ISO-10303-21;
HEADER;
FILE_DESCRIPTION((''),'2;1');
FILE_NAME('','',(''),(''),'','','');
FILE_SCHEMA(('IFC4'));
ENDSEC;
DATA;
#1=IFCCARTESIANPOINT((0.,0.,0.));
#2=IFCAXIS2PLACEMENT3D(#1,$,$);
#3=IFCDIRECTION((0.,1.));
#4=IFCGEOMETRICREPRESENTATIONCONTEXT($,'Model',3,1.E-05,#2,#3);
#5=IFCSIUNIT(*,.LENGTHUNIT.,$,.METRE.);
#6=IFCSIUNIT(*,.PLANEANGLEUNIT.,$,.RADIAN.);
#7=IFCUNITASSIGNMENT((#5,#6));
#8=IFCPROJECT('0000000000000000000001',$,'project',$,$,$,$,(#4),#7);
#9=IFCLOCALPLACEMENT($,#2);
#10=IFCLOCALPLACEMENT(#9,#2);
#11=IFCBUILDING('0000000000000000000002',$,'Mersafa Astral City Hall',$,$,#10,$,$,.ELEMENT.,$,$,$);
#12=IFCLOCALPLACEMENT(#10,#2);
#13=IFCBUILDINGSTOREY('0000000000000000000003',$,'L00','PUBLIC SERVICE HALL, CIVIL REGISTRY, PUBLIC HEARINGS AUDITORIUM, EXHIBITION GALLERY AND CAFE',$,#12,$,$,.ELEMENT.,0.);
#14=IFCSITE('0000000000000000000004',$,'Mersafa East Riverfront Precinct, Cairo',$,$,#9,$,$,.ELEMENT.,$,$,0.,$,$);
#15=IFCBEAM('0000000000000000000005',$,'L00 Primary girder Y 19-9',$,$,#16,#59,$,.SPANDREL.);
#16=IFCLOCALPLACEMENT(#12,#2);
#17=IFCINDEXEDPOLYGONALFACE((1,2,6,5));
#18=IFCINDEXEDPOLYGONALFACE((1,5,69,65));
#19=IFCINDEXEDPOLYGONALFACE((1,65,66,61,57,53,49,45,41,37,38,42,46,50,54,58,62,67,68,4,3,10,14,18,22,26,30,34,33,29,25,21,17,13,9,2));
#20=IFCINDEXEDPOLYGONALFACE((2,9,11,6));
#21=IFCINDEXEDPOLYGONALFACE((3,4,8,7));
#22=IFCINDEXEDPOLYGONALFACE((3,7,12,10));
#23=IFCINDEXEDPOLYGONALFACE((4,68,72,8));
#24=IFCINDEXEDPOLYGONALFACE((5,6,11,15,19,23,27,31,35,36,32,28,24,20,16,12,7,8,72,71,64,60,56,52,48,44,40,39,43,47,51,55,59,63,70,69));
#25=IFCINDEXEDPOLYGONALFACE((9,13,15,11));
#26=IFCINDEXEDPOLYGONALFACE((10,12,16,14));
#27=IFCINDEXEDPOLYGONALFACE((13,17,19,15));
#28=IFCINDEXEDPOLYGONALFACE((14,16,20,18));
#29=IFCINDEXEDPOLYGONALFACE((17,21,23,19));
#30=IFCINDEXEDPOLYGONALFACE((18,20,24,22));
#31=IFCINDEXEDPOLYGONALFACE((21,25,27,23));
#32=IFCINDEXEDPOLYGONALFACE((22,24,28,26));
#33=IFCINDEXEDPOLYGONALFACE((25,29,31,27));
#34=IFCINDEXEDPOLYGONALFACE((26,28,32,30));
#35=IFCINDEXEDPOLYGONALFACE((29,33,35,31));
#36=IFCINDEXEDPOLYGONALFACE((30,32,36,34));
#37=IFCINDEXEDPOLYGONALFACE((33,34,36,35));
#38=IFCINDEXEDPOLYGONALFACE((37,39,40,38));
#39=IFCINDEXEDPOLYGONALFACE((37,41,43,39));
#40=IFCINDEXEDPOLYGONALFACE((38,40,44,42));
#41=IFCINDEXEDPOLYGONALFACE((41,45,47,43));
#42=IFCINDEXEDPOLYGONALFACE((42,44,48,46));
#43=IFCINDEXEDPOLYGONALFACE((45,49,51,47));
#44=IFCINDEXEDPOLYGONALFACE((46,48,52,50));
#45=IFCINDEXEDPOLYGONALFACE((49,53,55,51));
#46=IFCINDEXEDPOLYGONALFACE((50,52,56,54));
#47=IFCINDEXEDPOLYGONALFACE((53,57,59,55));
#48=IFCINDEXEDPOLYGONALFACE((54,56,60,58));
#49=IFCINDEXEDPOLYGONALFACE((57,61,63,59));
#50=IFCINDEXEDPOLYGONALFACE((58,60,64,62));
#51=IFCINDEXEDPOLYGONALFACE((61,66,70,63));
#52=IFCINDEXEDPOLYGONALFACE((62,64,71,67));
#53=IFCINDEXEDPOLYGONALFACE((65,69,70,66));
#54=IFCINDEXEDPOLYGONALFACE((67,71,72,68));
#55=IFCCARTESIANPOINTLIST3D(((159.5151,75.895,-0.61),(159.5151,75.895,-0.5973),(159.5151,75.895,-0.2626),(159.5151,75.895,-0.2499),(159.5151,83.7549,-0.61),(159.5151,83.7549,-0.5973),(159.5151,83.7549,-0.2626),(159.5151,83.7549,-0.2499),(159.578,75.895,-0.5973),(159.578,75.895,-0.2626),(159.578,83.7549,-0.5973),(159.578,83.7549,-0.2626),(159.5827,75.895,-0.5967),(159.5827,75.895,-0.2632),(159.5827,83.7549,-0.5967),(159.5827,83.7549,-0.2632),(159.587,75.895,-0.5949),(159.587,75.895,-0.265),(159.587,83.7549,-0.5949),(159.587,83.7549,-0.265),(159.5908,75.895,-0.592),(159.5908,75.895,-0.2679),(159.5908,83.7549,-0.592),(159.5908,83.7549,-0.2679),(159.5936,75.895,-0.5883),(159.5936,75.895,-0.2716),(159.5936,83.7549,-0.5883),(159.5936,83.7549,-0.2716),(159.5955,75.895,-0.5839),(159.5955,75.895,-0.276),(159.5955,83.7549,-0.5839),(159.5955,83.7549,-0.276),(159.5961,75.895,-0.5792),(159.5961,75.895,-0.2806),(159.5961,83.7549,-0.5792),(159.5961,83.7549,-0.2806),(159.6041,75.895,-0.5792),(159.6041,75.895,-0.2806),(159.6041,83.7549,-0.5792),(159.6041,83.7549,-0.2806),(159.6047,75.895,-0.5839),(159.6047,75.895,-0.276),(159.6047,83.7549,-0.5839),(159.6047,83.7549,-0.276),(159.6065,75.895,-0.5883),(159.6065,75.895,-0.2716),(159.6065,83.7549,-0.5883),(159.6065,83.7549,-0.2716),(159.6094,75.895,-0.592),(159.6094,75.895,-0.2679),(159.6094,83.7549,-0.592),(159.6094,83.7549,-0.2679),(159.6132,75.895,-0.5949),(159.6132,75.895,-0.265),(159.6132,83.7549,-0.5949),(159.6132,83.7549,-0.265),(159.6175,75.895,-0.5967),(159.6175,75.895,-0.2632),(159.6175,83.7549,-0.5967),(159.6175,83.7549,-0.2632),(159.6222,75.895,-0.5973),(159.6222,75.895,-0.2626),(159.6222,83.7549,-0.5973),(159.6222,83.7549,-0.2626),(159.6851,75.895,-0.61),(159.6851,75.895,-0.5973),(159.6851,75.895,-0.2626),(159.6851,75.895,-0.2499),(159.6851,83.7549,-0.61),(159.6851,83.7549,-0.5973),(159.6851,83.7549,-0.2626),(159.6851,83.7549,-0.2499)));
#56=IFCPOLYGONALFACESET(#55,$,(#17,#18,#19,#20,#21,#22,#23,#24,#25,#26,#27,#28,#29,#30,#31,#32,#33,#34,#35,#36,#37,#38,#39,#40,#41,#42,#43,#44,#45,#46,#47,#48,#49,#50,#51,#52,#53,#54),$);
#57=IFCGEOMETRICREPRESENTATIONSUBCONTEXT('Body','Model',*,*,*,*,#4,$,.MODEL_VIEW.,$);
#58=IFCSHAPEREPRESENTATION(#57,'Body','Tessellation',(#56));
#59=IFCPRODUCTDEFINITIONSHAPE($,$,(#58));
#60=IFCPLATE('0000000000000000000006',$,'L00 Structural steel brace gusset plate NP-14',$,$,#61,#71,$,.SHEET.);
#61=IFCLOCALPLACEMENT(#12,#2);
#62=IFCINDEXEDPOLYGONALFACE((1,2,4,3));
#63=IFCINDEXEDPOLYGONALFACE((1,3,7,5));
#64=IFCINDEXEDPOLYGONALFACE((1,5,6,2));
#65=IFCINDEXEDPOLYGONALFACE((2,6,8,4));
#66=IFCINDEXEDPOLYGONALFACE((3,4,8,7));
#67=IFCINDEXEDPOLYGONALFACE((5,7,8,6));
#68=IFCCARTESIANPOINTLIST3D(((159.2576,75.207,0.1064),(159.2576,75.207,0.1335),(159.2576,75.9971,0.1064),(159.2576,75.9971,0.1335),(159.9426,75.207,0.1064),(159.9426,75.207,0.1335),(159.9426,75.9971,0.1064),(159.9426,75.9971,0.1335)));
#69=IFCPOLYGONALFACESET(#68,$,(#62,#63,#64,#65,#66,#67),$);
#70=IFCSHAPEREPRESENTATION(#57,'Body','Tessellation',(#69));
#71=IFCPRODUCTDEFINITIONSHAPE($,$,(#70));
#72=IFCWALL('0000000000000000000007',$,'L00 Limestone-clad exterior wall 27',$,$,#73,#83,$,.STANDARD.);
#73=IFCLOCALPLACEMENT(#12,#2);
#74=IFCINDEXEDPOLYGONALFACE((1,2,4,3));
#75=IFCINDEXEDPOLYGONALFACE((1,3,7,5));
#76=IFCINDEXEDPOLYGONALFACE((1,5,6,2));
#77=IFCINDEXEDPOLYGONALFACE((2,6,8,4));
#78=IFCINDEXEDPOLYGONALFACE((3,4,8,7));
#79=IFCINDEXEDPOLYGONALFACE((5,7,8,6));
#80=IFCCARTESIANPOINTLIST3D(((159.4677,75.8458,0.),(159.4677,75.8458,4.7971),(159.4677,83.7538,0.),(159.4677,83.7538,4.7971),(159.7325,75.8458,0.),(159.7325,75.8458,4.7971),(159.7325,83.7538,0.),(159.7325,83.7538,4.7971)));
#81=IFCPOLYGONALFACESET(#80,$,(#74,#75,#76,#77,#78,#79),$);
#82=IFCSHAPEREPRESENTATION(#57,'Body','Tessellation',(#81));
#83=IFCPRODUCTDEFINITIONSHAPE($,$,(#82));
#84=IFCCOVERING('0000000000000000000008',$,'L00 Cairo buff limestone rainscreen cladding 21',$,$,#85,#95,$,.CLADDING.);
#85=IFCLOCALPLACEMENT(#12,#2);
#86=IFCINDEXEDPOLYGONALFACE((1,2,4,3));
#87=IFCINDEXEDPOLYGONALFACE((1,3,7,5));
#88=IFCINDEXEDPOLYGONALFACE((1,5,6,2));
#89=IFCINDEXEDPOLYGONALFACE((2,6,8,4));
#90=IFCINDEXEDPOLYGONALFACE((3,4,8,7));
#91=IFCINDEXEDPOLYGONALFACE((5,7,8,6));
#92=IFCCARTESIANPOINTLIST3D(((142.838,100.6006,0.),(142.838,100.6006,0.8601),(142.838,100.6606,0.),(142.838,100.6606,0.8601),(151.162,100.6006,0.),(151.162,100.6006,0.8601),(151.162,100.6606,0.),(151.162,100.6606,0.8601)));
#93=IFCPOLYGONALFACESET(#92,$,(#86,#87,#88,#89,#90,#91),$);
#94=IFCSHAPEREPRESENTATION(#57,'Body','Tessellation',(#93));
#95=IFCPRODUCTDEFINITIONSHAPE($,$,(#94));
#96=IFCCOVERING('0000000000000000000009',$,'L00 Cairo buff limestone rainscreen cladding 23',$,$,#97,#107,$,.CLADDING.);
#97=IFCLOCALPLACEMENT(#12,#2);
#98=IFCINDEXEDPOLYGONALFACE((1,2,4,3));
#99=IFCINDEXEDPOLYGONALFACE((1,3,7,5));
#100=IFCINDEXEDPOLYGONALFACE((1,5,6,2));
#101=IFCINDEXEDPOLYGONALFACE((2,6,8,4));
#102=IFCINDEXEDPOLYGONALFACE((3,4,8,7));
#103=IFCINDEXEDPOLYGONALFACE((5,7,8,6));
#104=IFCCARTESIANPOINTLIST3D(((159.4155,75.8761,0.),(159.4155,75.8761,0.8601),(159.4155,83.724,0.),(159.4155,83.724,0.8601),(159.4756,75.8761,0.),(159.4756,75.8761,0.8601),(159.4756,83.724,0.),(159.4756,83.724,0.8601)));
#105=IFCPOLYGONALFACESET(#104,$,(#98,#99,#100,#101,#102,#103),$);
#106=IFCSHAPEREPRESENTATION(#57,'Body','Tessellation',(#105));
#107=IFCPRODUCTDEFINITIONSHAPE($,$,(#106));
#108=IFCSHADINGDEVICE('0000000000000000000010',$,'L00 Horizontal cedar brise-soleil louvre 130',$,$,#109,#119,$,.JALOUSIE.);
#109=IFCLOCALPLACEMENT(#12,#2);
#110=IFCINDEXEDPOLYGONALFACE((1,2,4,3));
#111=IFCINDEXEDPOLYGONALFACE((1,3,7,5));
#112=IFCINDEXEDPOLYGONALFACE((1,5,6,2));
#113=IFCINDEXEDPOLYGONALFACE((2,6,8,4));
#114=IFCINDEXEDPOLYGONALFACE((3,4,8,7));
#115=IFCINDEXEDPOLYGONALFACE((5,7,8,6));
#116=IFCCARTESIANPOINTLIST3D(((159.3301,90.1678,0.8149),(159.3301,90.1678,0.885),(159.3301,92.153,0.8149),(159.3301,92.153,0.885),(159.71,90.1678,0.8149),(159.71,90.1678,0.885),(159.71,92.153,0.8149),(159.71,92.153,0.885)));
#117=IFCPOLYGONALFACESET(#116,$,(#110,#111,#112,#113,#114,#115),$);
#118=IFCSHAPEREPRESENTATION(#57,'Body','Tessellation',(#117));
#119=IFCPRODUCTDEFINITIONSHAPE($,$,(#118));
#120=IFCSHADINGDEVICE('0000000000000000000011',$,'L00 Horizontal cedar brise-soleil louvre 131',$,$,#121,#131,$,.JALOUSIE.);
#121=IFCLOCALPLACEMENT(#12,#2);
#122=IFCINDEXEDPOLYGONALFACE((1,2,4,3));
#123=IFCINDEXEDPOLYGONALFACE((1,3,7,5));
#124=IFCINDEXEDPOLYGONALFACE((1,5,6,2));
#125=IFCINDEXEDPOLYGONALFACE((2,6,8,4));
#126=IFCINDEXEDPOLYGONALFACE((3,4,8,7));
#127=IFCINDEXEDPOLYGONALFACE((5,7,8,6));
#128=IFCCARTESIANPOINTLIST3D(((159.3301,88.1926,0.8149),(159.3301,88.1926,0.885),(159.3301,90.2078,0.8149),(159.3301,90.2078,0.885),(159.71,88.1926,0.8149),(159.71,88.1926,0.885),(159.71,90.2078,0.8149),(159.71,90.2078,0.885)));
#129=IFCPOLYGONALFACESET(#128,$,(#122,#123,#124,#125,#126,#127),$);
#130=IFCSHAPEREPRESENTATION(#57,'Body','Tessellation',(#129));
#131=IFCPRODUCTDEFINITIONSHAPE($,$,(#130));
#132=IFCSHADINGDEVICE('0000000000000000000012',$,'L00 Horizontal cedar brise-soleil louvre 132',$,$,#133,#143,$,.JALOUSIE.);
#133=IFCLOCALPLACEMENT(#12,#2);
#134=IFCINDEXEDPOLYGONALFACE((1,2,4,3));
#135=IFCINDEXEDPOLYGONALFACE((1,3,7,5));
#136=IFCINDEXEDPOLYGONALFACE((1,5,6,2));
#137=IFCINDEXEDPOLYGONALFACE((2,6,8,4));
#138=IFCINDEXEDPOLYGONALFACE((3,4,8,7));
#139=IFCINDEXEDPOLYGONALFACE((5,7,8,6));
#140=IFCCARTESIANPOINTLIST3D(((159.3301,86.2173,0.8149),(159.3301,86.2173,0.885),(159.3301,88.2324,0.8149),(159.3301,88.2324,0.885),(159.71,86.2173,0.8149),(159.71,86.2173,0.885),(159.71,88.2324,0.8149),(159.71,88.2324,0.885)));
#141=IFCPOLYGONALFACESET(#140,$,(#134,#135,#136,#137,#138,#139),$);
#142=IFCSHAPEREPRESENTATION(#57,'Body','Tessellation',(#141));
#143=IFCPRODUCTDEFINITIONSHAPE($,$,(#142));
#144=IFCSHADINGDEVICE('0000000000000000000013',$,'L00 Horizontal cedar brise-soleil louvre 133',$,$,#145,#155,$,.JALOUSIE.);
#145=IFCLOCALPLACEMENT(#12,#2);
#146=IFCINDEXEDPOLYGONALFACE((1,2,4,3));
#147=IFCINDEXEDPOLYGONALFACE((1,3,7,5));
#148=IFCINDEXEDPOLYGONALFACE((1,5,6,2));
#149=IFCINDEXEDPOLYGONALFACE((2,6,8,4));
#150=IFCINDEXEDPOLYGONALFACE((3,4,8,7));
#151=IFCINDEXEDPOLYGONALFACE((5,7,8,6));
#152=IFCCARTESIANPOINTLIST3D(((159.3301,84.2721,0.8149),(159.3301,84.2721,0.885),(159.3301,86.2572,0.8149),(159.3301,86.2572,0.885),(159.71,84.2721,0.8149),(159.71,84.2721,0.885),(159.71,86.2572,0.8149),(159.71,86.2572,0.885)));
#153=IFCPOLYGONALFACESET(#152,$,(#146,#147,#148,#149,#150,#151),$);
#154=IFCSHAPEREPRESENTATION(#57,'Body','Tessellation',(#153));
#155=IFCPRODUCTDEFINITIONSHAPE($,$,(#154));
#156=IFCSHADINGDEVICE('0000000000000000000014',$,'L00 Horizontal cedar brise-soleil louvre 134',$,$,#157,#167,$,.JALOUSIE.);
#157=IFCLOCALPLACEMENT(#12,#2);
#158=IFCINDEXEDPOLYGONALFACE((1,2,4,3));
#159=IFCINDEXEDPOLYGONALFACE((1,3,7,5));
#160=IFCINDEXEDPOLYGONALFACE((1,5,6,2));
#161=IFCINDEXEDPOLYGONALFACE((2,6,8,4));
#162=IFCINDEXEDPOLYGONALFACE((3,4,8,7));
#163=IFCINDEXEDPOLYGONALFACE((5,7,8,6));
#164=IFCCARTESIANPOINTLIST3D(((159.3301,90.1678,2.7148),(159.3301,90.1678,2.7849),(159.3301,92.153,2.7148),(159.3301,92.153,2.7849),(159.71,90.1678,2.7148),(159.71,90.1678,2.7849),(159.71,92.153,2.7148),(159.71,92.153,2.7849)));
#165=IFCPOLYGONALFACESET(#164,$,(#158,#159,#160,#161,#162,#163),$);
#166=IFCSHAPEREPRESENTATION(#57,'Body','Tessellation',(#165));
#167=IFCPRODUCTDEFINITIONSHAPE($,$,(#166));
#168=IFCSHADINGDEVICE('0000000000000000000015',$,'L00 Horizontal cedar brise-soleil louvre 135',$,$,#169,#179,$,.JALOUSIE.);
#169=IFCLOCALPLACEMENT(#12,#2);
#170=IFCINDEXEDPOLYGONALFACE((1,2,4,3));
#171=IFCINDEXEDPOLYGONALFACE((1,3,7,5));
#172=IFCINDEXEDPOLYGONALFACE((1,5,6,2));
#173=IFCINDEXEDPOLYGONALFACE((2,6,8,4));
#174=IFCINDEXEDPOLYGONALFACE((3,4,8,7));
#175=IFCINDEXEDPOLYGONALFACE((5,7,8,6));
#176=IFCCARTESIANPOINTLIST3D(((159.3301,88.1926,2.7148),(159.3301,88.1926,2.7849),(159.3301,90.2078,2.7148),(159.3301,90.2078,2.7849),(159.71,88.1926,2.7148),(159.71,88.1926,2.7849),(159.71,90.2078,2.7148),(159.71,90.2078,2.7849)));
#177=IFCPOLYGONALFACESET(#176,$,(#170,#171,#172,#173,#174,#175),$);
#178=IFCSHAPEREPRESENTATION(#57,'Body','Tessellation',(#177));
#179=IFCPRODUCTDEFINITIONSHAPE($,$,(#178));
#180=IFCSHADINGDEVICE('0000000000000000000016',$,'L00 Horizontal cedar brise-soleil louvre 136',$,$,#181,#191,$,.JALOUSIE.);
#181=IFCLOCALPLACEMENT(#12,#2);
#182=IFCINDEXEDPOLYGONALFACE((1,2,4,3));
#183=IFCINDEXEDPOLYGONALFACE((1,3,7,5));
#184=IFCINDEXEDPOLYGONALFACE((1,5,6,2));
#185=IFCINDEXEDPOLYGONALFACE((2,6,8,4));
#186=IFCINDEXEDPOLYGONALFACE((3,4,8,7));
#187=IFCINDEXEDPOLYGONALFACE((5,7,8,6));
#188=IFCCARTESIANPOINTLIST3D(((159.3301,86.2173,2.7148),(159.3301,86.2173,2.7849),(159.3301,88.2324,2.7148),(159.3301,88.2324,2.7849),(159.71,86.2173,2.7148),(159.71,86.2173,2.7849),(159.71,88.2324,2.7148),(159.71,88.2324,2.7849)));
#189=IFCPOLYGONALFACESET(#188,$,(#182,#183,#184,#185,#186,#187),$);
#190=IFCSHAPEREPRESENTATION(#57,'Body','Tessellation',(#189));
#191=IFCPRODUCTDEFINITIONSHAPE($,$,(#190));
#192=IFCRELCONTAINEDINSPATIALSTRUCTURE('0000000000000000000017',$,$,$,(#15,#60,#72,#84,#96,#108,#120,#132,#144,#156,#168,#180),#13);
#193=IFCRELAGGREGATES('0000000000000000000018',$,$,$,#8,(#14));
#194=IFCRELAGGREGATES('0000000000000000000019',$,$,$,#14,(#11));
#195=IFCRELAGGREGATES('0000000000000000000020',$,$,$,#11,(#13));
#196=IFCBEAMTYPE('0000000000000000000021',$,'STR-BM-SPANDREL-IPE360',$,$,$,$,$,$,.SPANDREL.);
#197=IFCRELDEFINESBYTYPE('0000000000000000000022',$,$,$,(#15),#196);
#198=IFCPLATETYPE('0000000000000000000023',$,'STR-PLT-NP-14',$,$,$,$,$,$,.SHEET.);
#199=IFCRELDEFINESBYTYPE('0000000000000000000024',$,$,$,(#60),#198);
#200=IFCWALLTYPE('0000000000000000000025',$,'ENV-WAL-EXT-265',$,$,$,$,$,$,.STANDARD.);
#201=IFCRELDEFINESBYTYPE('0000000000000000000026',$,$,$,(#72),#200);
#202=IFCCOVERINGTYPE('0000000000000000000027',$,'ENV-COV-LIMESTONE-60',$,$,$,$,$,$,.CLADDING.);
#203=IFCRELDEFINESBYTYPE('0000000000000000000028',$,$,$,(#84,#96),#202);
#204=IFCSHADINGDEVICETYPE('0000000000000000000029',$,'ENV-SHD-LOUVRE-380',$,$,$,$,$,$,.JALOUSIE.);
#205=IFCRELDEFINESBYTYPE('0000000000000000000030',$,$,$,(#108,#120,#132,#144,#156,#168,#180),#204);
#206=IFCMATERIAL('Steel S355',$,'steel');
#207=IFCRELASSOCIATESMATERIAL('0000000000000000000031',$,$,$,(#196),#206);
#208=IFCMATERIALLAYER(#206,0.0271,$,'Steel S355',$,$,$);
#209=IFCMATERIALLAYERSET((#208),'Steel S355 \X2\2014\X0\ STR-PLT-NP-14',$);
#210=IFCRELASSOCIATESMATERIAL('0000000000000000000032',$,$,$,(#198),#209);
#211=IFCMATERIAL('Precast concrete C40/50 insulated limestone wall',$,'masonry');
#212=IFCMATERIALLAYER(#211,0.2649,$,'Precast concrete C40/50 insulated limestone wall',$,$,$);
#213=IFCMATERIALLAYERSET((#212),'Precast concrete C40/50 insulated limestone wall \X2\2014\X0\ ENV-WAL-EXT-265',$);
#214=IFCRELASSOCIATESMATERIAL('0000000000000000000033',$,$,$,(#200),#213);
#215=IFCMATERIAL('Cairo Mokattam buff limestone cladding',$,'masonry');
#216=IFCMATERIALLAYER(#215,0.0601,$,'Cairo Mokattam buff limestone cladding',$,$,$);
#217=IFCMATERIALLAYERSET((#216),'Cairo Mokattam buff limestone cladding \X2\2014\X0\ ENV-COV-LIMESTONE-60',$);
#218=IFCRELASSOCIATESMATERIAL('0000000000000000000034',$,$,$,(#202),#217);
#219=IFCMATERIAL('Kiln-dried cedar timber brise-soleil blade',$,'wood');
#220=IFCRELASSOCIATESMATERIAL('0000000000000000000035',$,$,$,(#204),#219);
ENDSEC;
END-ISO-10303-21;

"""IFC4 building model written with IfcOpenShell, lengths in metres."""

from ifc_helpers import new_model, si_unit, direction, frame, frame_2d, origin, origin_2d, place, context, subcontext, project, spatial, rectangle, i_section, extrude, material, layer, layer_set, material_profile, profile_set, type_object, element, save


model = new_model("IFC4")

# Units and contexts
model_context = context("Model", 3, precision=1e-05, world=origin(), true_north=direction((0.0, 1.0)))
body_context = subcontext(model_context, "Body", "Model", "MODEL_VIEW")
ifc_project = project(units=[si_unit("LENGTHUNIT", "METRE"), si_unit("PLANEANGLEUNIT", "RADIAN")], contexts=[model_context])

# Site, building, storey
site_placement = place(None, origin())
site = spatial("IfcSite", under=ifc_project, at=site_placement, Name="Mersafa East Riverfront Precinct, Cairo", CompositionType="ELEMENT", RefElevation=0.0)
building_placement = place(site_placement, origin())
building = spatial("IfcBuilding", under=site, at=building_placement, Name="Mersafa Astral City Hall", CompositionType="ELEMENT")
storey_placement = place(building_placement, origin())
storey = spatial("IfcBuildingStorey", under=building, at=storey_placement, Name="L00", Description="PUBLIC SERVICE HALL, CIVIL REGISTRY, PUBLIC HEARINGS AUDITORIUM, EXHIBITION GALLERY AND CAFE", CompositionType="ELEMENT", Elevation=0.0)

# Shared definitions
ifc_material_1 = material(Name="Steel S355", Category="steel")

# Beam
ifc_material_profile_1 = material_profile(ifc_material_1, i_section(OverallWidth=0.1699, OverallDepth=0.3601, WebThickness=0.0081, FlangeThickness=0.0127, FilletRadius=0.0181, at=origin_2d()), Name="IPE 360")
ifc_profile_set_1 = profile_set([ifc_material_profile_1], Name="Steel S355")
beam_type_1 = type_object("IfcBeamType", Name="STR-BM-SPANDREL-IPE360", PredefinedType="SPANDREL", material=ifc_profile_set_1)
beam_1_placement = place(storey_placement, frame((159.6001, 75.895, -0.4299), z_axis=(0.0, 1.0, 0.0), x_axis=(-1.0, 0.0, 0.0)))
element("IfcBeam", 1, at=beam_1_placement, inside=storey, type_object=beam_type_1, Name="L00 Primary girder Y 19-9", PredefinedType="SPANDREL", context=body_context, shape_type="SweptSolid", body=[
    extrude(i_section(OverallWidth=0.1699, OverallDepth=0.3601, WebThickness=0.0081, FlangeThickness=0.0127, FilletRadius=0.0181, at=origin_2d()), origin(), (0.0, 0.0, 1.0), 7.8599),
])

# Plate
ifc_layer_1 = layer(ifc_material_1, 0.0271, Name="Steel S355")
ifc_layer_set_1 = layer_set([ifc_layer_1], Name="Steel S355 — STR-PLT-NP-14")
plate_type = type_object("IfcPlateType", Name="STR-PLT-NP-14", PredefinedType="SHEET", material=ifc_layer_set_1)
plate_placement = place(storey_placement, frame((159.6001, 75.6021, 0.1064), z_axis=(0.0, 0.0, 1.0), x_axis=(1.0, 0.0, 0.0)))
element("IfcPlate", 2, at=plate_placement, inside=storey, type_object=plate_type, Name="L00 Structural steel brace gusset plate NP-14", PredefinedType="SHEET", context=body_context, shape_type="SweptSolid", body=[
    extrude(rectangle(XDim=0.6851, YDim=0.79, at=origin_2d()), origin(), (0.0, 0.0, 1.0), 0.0271),
])

# Wall
ifc_material_2 = material(Name="Precast concrete C40/50 insulated limestone wall", Category="masonry")
ifc_layer_2 = layer(ifc_material_2, 0.2649, Name="Precast concrete C40/50 insulated limestone wall")
ifc_layer_set_2 = layer_set([ifc_layer_2], Name="Precast concrete C40/50 insulated limestone wall — ENV-WAL-EXT-265")
wall_type = type_object("IfcWallType", Name="ENV-WAL-EXT-265", PredefinedType="STANDARD", material=ifc_layer_set_2)
wall_placement = place(storey_placement, frame((159.6001, 83.7539, 0.0), z_axis=(0.0, 0.0, 1.0), x_axis=(0.0, -1.0, 0.0)))
element("IfcWall", 3, at=wall_placement, inside=storey, type_object=wall_type, Name="L00 Limestone-clad exterior wall 27", PredefinedType="STANDARD", context=body_context, shape_type="SweptSolid", body=[
    extrude(rectangle(XDim=7.908, YDim=0.2649, at=frame_2d((3.9541, 0.0))), origin(), (0.0, 0.0, 1.0), 4.7971),
])

# Coverings
ifc_material_3 = material(Name="Cairo Mokattam buff limestone cladding", Category="masonry")
ifc_layer_3 = layer(ifc_material_3, 0.0601, Name="Cairo Mokattam buff limestone cladding")
ifc_layer_set_3 = layer_set([ifc_layer_3], Name="Cairo Mokattam buff limestone cladding — ENV-COV-LIMESTONE-60")
covering_type = type_object("IfcCoveringType", Name="ENV-COV-LIMESTONE-60", PredefinedType="CLADDING", material=ifc_layer_set_3)
covering_1_placement = place(storey_placement, frame((147.0, 100.6306, 0.0), z_axis=(0.0, 0.0, 1.0), x_axis=(1.0, 0.0, 0.0)))
element("IfcCovering", 4, at=covering_1_placement, inside=storey, type_object=covering_type, Name="L00 Cairo buff limestone rainscreen cladding 21", PredefinedType="CLADDING", context=body_context, shape_type="SweptSolid", body=[
    extrude(rectangle(XDim=8.324, YDim=0.0601, at=origin_2d()), origin(), (0.0, 0.0, 1.0), 0.8601),
])
covering_2_placement = place(storey_placement, frame((159.4456, 79.8, 0.0), z_axis=(0.0, 0.0, 1.0), x_axis=(0.0, -1.0, 0.0)))
element("IfcCovering", 5, at=covering_2_placement, inside=storey, type_object=covering_type, Name="L00 Cairo buff limestone rainscreen cladding 23", PredefinedType="CLADDING", context=body_context, shape_type="SweptSolid", body=[
    extrude(rectangle(XDim=7.8479, YDim=0.0601, at=origin_2d()), origin(), (0.0, 0.0, 1.0), 0.8601),
])

# Shading devices
ifc_material_4 = material(Name="Kiln-dried cedar timber brise-soleil blade", Category="wood")
shading_device_type_1 = type_object("IfcShadingDeviceType", Name="ENV-SHD-LOUVRE-380", PredefinedType="JALOUSIE", material=ifc_material_4)
shading_device_1_placement = place(storey_placement, frame((159.52, 91.1604, 0.8149), z_axis=(0.0, 0.0, 1.0), x_axis=(0.0, -1.0, 0.0)))
element("IfcShadingDevice", 6, at=shading_device_1_placement, inside=storey, type_object=shading_device_type_1, Name="L00 Horizontal cedar brise-soleil louvre 130", PredefinedType="JALOUSIE", context=body_context, shape_type="SweptSolid", body=[
    extrude(rectangle(XDim=1.9851, YDim=0.3799, at=origin_2d()), origin(), (0.0, 0.0, 1.0), 0.0701),
])
for number, where, z_axis, x_axis, name in (
    (7, (159.52, 89.2002, 0.8149), (0.0, 0.0, 1.0), (0.0, -1.0, 0.0), "L00 Horizontal cedar brise-soleil louvre 131"),
    (8, (159.52, 87.2249, 0.8149), (0.0, 0.0, 1.0), (0.0, -1.0, 0.0), "L00 Horizontal cedar brise-soleil louvre 132"),
):
    element("IfcShadingDevice", number, at=place(storey_placement, frame(where, z_axis=z_axis, x_axis=x_axis)), inside=storey, type_object=shading_device_type_1, Name=name, PredefinedType="JALOUSIE", context=body_context, shape_type="SweptSolid", body=[
        extrude(rectangle(XDim=2.0151, YDim=0.3799, at=origin_2d()), origin(), (0.0, 0.0, 1.0), 0.0701),
    ])
for number, where, z_axis, x_axis, name in (
    (9, (159.52, 85.2646, 0.8149), (0.0, 0.0, 1.0), (0.0, -1.0, 0.0), "L00 Horizontal cedar brise-soleil louvre 133"),
    (10, (159.52, 91.1604, 2.7148), (0.0, 0.0, 1.0), (0.0, -1.0, 0.0), "L00 Horizontal cedar brise-soleil louvre 134"),
):
    element("IfcShadingDevice", number, at=place(storey_placement, frame(where, z_axis=z_axis, x_axis=x_axis)), inside=storey, type_object=shading_device_type_1, Name=name, PredefinedType="JALOUSIE", context=body_context, shape_type="SweptSolid", body=[
        extrude(rectangle(XDim=1.9851, YDim=0.3799, at=origin_2d()), origin(), (0.0, 0.0, 1.0), 0.0701),
    ])
for number, where, z_axis, x_axis, name in (
    (11, (159.52, 89.2002, 2.7148), (0.0, 0.0, 1.0), (0.0, -1.0, 0.0), "L00 Horizontal cedar brise-soleil louvre 135"),
    (12, (159.52, 87.2249, 2.7148), (0.0, 0.0, 1.0), (0.0, -1.0, 0.0), "L00 Horizontal cedar brise-soleil louvre 136"),
):
    element("IfcShadingDevice", number, at=place(storey_placement, frame(where, z_axis=z_axis, x_axis=x_axis)), inside=storey, type_object=shading_device_type_1, Name=name, PredefinedType="JALOUSIE", context=body_context, shape_type="SweptSolid", body=[
        extrude(rectangle(XDim=2.0151, YDim=0.3799, at=origin_2d()), origin(), (0.0, 0.0, 1.0), 0.0701),
    ])

save(model, "model.ifc")
